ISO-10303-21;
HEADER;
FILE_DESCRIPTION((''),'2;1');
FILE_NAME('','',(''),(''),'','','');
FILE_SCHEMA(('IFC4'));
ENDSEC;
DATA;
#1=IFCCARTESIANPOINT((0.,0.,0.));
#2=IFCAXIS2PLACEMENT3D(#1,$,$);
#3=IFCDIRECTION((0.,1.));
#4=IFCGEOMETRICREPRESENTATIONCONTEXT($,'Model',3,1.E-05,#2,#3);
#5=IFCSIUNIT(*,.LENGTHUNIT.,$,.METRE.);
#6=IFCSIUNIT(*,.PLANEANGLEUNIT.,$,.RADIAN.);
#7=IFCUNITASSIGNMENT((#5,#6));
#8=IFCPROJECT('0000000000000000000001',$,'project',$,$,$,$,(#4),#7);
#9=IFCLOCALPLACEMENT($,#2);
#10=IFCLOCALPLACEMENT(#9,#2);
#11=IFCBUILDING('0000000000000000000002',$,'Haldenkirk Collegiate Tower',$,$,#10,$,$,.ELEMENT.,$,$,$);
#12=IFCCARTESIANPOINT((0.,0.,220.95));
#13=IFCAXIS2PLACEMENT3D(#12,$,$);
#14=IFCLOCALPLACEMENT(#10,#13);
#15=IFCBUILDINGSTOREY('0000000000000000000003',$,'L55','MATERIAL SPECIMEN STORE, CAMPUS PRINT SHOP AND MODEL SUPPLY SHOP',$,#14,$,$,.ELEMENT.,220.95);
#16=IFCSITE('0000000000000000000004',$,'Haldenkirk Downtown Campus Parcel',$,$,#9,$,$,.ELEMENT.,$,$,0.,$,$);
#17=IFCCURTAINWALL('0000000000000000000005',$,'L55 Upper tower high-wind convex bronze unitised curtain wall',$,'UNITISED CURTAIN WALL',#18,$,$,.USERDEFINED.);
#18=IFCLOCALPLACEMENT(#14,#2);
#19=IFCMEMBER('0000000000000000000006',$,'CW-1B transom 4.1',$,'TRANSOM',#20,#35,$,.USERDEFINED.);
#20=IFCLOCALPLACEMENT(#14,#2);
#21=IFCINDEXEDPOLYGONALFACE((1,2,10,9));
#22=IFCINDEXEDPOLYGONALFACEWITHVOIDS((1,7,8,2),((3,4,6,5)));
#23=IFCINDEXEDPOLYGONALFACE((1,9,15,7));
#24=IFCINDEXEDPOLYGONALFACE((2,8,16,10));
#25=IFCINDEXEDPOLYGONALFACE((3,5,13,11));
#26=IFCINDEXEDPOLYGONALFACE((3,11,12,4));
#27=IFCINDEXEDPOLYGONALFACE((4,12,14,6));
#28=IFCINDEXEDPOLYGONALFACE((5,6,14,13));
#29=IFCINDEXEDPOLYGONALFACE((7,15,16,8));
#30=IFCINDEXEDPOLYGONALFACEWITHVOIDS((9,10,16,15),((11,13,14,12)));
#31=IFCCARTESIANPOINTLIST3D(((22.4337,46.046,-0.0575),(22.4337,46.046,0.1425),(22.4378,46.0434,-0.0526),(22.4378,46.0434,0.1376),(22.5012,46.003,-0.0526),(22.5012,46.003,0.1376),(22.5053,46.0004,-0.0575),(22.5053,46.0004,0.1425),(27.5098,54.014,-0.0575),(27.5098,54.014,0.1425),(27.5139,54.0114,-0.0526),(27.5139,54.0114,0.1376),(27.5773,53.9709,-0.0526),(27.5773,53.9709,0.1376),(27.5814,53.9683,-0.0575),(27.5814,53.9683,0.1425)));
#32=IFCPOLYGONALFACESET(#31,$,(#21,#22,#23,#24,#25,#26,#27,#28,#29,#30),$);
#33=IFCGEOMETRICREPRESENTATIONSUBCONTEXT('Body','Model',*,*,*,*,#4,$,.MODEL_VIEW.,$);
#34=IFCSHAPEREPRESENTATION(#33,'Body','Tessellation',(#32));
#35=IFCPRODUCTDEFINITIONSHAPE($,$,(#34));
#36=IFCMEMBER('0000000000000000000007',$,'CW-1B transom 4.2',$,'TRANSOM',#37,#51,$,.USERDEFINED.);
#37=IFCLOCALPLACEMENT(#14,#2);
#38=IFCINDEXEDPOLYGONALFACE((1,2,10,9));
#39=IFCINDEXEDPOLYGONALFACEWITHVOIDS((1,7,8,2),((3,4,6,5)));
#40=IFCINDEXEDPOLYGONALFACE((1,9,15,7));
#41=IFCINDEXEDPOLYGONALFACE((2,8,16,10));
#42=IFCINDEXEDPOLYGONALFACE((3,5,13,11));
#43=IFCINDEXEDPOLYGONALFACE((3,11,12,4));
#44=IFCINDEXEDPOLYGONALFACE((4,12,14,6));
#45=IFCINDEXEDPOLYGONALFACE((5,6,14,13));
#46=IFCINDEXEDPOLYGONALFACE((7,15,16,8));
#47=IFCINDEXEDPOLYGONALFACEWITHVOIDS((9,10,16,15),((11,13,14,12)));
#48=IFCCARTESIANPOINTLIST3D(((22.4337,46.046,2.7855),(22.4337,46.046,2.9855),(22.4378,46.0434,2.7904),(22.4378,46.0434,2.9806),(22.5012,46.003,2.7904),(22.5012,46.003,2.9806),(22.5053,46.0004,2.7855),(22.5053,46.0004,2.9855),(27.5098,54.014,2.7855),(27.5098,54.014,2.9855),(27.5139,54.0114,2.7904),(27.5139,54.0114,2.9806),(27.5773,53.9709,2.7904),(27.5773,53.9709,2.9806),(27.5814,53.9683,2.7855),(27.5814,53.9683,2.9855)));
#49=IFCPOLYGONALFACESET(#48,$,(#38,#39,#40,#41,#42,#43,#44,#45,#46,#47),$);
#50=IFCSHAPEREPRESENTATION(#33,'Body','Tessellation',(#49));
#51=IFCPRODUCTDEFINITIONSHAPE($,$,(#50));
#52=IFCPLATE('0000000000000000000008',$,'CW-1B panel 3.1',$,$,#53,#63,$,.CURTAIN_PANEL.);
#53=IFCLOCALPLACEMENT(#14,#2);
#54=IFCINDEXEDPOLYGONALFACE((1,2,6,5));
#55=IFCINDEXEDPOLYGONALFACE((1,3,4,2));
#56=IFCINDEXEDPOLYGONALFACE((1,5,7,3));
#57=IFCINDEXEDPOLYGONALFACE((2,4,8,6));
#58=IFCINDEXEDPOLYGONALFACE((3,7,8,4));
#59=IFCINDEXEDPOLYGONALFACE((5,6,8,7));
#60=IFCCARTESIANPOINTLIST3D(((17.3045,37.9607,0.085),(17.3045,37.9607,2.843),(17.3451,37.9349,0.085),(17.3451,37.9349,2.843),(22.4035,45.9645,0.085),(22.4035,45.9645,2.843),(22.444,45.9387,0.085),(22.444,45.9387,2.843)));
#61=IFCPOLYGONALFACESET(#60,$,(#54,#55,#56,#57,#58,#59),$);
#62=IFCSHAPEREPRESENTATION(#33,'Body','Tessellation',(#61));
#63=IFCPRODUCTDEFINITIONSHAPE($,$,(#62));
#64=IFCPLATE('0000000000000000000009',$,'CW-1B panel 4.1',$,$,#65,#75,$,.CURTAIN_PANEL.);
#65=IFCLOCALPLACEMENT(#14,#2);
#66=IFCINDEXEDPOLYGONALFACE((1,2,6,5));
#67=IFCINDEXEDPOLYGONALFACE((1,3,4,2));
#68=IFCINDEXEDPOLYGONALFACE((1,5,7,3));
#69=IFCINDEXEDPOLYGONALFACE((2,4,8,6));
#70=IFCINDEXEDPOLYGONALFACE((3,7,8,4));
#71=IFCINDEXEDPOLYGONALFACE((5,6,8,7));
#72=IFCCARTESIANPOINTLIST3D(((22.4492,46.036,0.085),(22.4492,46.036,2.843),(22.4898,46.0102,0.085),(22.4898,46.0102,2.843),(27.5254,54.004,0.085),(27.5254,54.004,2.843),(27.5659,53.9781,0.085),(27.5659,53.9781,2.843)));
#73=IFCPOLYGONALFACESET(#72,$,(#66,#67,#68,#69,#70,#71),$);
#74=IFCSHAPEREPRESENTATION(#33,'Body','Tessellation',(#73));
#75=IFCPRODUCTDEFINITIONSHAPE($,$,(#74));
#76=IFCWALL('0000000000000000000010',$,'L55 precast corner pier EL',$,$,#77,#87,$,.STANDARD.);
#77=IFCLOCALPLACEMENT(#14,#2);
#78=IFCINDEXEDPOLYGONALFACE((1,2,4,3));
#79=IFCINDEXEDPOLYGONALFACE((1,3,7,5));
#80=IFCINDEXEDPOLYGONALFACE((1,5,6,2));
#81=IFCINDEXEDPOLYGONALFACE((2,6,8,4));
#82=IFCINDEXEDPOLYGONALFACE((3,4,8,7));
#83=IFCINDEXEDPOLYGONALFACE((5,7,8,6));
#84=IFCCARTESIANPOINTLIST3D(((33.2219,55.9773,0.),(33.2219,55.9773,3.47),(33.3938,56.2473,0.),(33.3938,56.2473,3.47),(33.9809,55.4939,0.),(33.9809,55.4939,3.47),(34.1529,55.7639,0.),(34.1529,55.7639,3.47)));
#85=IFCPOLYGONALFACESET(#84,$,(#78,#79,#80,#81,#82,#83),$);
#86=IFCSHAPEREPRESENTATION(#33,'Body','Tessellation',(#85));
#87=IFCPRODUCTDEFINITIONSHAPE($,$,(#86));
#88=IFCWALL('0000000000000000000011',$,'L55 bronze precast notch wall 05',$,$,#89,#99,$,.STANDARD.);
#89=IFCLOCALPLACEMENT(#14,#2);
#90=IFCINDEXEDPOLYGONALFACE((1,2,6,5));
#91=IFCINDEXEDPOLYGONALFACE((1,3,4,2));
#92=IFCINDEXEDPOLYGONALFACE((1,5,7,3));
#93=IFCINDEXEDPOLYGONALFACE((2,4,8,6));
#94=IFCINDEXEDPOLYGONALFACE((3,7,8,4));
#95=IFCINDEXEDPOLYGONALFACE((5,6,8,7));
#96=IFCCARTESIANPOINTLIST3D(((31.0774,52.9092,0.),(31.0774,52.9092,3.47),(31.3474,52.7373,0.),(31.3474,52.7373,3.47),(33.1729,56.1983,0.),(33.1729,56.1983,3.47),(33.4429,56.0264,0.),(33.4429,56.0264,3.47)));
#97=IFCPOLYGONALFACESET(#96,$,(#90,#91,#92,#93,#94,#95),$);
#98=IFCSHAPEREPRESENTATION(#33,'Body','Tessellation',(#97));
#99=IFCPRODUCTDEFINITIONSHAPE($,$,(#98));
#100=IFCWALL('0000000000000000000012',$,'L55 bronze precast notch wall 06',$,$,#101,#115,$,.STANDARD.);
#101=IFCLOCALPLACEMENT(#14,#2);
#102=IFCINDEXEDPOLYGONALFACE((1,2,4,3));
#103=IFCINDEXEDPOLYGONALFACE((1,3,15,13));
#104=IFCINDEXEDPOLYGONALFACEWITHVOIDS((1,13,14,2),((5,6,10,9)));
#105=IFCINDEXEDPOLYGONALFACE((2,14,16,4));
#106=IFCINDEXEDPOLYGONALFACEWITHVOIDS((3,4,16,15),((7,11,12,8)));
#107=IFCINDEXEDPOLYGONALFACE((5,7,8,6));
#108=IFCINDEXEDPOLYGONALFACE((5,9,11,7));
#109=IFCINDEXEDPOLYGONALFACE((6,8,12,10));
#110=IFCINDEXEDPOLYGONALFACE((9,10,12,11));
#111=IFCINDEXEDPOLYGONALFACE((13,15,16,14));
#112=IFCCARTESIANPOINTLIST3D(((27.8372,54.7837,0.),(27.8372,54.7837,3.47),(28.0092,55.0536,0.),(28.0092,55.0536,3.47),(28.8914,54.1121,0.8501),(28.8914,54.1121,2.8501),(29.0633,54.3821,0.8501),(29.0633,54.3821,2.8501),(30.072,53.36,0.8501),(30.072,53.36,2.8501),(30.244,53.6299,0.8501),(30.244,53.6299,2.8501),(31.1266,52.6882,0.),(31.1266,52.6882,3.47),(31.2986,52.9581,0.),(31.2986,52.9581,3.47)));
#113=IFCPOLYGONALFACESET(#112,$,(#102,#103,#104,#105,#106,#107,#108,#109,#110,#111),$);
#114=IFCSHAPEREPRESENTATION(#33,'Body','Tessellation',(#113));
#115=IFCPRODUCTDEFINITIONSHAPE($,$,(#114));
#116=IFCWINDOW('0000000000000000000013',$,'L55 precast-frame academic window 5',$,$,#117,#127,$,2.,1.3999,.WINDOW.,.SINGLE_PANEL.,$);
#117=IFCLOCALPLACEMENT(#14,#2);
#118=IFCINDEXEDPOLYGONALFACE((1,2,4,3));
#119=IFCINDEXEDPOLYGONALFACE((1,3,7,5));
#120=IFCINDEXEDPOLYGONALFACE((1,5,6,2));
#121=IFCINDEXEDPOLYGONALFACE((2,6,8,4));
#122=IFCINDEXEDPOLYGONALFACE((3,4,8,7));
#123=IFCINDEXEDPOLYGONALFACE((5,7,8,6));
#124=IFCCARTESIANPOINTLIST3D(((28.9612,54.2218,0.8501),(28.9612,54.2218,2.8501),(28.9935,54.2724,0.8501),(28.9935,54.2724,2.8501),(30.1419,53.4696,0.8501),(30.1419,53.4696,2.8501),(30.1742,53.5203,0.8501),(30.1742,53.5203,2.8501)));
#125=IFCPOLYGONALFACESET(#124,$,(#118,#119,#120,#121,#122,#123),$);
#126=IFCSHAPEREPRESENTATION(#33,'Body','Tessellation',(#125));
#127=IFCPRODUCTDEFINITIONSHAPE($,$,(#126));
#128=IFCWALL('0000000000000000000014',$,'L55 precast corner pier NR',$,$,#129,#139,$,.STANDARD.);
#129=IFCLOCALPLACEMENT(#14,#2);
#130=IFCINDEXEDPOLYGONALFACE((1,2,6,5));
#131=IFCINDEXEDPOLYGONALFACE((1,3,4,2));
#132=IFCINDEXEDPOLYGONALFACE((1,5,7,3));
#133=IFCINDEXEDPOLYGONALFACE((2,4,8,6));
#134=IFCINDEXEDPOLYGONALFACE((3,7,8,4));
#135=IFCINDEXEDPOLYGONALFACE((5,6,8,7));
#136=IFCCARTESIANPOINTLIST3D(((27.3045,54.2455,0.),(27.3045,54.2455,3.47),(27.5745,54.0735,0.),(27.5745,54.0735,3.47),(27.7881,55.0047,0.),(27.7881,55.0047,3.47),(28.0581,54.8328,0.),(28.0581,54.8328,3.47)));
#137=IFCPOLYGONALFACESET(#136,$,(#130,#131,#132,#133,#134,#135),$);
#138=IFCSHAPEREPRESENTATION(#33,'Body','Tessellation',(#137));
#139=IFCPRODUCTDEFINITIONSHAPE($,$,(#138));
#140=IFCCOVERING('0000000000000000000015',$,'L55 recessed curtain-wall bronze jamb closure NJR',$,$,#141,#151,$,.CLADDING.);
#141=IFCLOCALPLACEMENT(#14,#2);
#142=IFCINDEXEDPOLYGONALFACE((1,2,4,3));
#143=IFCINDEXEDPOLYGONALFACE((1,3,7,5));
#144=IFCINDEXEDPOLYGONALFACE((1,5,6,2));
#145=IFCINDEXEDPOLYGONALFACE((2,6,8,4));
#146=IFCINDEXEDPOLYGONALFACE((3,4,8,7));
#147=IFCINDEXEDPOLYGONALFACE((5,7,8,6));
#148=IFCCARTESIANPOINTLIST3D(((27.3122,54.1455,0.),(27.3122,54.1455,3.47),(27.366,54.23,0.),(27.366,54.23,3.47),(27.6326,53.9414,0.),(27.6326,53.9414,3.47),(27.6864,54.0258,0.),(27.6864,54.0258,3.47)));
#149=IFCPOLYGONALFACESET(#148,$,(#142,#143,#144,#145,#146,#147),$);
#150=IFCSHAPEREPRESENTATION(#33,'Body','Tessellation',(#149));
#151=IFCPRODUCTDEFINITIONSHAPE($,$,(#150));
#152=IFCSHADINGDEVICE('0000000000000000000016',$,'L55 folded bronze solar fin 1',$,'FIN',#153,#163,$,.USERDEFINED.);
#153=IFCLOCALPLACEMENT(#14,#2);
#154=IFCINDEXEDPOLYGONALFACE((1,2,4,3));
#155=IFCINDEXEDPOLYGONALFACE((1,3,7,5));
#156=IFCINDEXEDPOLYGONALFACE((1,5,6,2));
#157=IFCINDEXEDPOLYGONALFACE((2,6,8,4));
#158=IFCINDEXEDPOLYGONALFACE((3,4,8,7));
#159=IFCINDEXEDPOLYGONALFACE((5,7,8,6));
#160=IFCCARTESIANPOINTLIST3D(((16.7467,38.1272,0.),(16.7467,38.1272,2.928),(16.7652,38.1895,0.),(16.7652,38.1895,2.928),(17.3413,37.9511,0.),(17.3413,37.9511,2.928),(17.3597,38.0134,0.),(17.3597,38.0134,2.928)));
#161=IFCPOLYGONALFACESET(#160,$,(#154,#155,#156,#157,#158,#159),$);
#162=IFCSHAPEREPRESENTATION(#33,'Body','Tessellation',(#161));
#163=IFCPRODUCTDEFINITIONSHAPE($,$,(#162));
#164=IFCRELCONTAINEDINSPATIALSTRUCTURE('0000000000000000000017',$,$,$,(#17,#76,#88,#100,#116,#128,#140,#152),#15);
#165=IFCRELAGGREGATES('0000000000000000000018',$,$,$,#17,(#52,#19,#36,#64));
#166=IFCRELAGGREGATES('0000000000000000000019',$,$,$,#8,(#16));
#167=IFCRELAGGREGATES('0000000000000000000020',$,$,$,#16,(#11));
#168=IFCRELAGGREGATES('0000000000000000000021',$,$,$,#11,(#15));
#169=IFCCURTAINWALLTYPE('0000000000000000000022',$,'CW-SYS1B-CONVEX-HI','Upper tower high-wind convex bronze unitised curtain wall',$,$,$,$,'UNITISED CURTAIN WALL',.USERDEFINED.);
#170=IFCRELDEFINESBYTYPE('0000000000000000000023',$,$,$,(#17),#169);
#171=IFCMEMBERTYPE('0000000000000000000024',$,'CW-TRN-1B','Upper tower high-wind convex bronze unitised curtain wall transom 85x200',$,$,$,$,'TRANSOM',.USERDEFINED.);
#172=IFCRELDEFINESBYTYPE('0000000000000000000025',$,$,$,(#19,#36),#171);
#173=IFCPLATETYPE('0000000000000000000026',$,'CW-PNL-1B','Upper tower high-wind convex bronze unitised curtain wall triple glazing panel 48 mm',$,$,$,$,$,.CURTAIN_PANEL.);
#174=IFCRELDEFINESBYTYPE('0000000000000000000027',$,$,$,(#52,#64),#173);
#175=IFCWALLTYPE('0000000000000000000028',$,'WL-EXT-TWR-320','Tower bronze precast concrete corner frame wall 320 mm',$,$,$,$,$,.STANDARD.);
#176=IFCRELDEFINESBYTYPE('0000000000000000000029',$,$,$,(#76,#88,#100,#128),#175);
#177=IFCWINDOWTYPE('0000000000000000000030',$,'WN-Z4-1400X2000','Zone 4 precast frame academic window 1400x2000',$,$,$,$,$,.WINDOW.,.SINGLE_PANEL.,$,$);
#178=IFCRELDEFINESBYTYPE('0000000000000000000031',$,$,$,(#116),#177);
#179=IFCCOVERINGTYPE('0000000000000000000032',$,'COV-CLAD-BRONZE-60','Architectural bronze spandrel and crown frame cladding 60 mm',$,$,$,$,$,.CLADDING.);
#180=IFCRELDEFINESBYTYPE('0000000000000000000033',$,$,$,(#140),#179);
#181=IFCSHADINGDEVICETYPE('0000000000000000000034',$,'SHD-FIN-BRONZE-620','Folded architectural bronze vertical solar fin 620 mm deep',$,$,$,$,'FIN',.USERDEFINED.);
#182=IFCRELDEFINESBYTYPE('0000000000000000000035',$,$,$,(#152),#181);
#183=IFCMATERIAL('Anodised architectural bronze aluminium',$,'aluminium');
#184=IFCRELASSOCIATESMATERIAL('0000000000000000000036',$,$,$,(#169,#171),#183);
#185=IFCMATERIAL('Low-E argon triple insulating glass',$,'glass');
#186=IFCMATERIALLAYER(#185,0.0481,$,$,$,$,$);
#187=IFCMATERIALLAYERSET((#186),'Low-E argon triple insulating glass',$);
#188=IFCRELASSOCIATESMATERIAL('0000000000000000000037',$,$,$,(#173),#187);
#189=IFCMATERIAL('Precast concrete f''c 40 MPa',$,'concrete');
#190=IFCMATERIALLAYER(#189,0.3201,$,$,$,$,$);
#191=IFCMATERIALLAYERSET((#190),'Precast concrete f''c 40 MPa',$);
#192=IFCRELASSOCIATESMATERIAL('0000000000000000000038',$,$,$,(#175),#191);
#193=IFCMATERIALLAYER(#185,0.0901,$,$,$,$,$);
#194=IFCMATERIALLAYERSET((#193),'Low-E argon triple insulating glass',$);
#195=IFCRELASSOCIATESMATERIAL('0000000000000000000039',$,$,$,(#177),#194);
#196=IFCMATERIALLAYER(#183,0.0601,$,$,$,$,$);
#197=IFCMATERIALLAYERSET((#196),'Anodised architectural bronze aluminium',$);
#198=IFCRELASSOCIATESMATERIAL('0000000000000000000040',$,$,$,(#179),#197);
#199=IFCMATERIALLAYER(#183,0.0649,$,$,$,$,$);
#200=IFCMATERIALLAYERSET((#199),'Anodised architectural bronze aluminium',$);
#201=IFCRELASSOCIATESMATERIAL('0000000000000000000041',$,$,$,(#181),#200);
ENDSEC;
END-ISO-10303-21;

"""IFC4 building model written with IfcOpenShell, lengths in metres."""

from ifc_helpers import new_model, si_unit, direction, frame, frame_2d, origin, origin_2d, place, context, subcontext, project, spatial, rectangle, hollow_rectangle, extrude, source, transform, mapped, material, layer, layer_set, material_profile, profile_set, type_object, element, fill, aggregate, save


model = new_model("IFC4")

# Units and contexts
model_context = context("Model", 3, precision=1e-05, world=origin(), true_north=direction((0.0, 1.0)))
body_context = subcontext(model_context, "Body", "Model", "MODEL_VIEW")
ifc_project = project(units=[si_unit("LENGTHUNIT", "METRE"), si_unit("PLANEANGLEUNIT", "RADIAN")], contexts=[model_context])

# Site, building, storey
site_placement = place(None, origin())
site = spatial("IfcSite", under=ifc_project, at=site_placement, Name="Haldenkirk Downtown Campus Parcel", CompositionType="ELEMENT", RefElevation=0.0)
building_placement = place(site_placement, origin())
building = spatial("IfcBuilding", under=site, at=building_placement, Name="Haldenkirk Collegiate Tower", CompositionType="ELEMENT")
storey_placement = place(building_placement, frame((0.0, 0.0, 220.95)))
storey = spatial("IfcBuildingStorey", under=building, at=storey_placement, Name="L55", Description="MATERIAL SPECIMEN STORE, CAMPUS PRINT SHOP AND MODEL SUPPLY SHOP", CompositionType="ELEMENT", Elevation=220.95)

# Curtain wall, members, plates
ifc_material_1 = material(Name="Anodised architectural bronze aluminium", Category="aluminium")
curtain_wall_type = type_object("IfcCurtainWallType", Name="CW-SYS1B-CONVEX-HI", Description="Upper tower high-wind convex bronze unitised curtain wall", ElementType="UNITISED CURTAIN WALL", PredefinedType="USERDEFINED", material=ifc_material_1)
curtain_wall_placement = place(storey_placement, origin())
curtain_wall = element("IfcCurtainWall", 1, at=curtain_wall_placement, inside=storey, type_object=curtain_wall_type, Name="L55 Upper tower high-wind convex bronze unitised curtain wall", ObjectType="UNITISED CURTAIN WALL", PredefinedType="USERDEFINED")
ifc_material_profile_1 = material_profile(ifc_material_1, hollow_rectangle(XDim=0.085, YDim=0.2, WallThickness=0.0049, at=origin_2d()), Name="CW-TRN-1B")
ifc_profile_set_1 = profile_set([ifc_material_profile_1], Name="Anodised architectural bronze aluminium")
member_type_1 = type_object("IfcMemberType", Name="CW-TRN-1B", Description="Upper tower high-wind convex bronze unitised curtain wall transom 85x200", ElementType="TRANSOM", PredefinedType="USERDEFINED", material=ifc_profile_set_1)
member_1_placement = place(storey_placement, frame((22.4695, 46.0232, 0.0425), z_axis=(0.537298, 0.843392, 0.0), x_axis=(-0.843392, 0.537298, 0.0)))
member_1 = element("IfcMember", 2, at=member_1_placement, type_object=member_type_1, Name="CW-1B transom 4.1", ObjectType="TRANSOM", PredefinedType="USERDEFINED", context=body_context, shape_type="SweptSolid", body=[
    extrude(hollow_rectangle(XDim=0.085, YDim=0.2, WallThickness=0.0049, at=origin_2d()), origin(), (0.0, 0.0, 1.0), 9.4475),
])
member_2_placement = place(storey_placement, frame((22.4695, 46.0232, 2.8855), z_axis=(0.537298, 0.843392, 0.0), x_axis=(-0.843392, 0.537298, 0.0)))
member_2 = element("IfcMember", 3, at=member_2_placement, type_object=member_type_1, Name="CW-1B transom 4.2", ObjectType="TRANSOM", PredefinedType="USERDEFINED", context=body_context, shape_type="SweptSolid", body=[
    extrude(hollow_rectangle(XDim=0.085, YDim=0.2, WallThickness=0.0049, at=origin_2d()), origin(), (0.0, 0.0, 1.0), 9.4475),
])
ifc_material_2 = material(Name="Low-E argon triple insulating glass", Category="glass")
ifc_layer_1 = layer(ifc_material_2, 0.0481)
ifc_layer_set_1 = layer_set([ifc_layer_1], Name="Low-E argon triple insulating glass")
plate_type = type_object("IfcPlateType", Name="CW-PNL-1B", Description="Upper tower high-wind convex bronze unitised curtain wall triple glazing panel 48 mm", PredefinedType="CURTAIN_PANEL", material=ifc_layer_set_1)
shared_shape_1 = source(origin(), body_context, "Body", "SweptSolid", [
    extrude(rectangle(XDim=9.49, YDim=0.0481, at=origin_2d()), origin(), (0.0, 0.0, 1.0), 2.7581),
])
plate_1_placement = place(storey_placement, frame((19.8743, 41.9497, 0.085), z_axis=(0.0, 0.0, 1.0), x_axis=(0.537301, 0.84339, 0.0)))
plate_1 = element("IfcPlate", 4, at=plate_1_placement, type_object=plate_type, Name="CW-1B panel 3.1", PredefinedType="CURTAIN_PANEL", context=body_context, shape_type="MappedRepresentation", body=[
    mapped(shared_shape_1, transform((0.0, 0.0, 0.0), x_axis=(1.0, 0.0, 0.0), y_axis=(0.0, 1.0, 0.0), z_axis=(0.0, 0.0, 1.0), scale=1.0)),
])
shared_shape_2 = source(origin(), body_context, "Body", "SweptSolid", [
    extrude(rectangle(XDim=9.4475, YDim=0.0481, at=origin_2d()), origin(), (0.0, 0.0, 1.0), 2.7581),
])
plate_2_placement = place(storey_placement, frame((25.0076, 50.0071, 0.085), z_axis=(0.0, 0.0, 1.0), x_axis=(0.537301, 0.84339, 0.0)))
plate_2 = element("IfcPlate", 5, at=plate_2_placement, type_object=plate_type, Name="CW-1B panel 4.1", PredefinedType="CURTAIN_PANEL", context=body_context, shape_type="MappedRepresentation", body=[
    mapped(shared_shape_2, transform((0.0, 0.0, 0.0), x_axis=(1.0, 0.0, 0.0), y_axis=(0.0, 1.0, 0.0), z_axis=(0.0, 0.0, 1.0), scale=1.0)),
])
aggregate(curtain_wall, [plate_1, member_1, member_2, plate_2])

# Walls
ifc_material_3 = material(Name="Precast concrete f'c 40 MPa", Category="concrete")
ifc_layer_2 = layer(ifc_material_3, 0.3201)
ifc_layer_set_2 = layer_set([ifc_layer_2], Name="Precast concrete f'c 40 MPa")
wall_type = type_object("IfcWallType", Name="WL-EXT-TWR-320", Description="Tower bronze precast concrete corner frame wall 320 mm", PredefinedType="STANDARD", material=ifc_layer_set_2)
wall_1_placement = place(storey_placement, frame((33.3079, 56.1123, 0.0), z_axis=(0.0, 0.0, 1.0), x_axis=(0.843472, -0.537174, 0.0)))
element("IfcWall", 6, at=wall_1_placement, inside=storey, type_object=wall_type, Name="L55 precast corner pier EL", PredefinedType="STANDARD", context=body_context, shape_type="SweptSolid", body=[
    extrude(rectangle(XDim=0.8999, YDim=0.3201, at=frame_2d((0.45, 0.0))), origin(), (0.0, 0.0, 1.0), 3.47),
])
wall_2_placement = place(storey_placement, frame((31.2124, 52.8232, 0.0), z_axis=(0.0, 0.0, 1.0), x_axis=(0.537317, 0.84338, 0.0)))
element("IfcWall", 7, at=wall_2_placement, inside=storey, type_object=wall_type, Name="L55 bronze precast notch wall 05", PredefinedType="STANDARD", context=body_context, shape_type="SweptSolid", body=[
    extrude(rectangle(XDim=3.8999, YDim=0.3201, at=frame_2d((1.95, 0.0))), origin(), (0.0, 0.0, 1.0), 3.47),
])

# Wall, opening, window
wall_3_placement = place(storey_placement, frame((27.9231, 54.9187, 0.0), z_axis=(0.0, 0.0, 1.0), x_axis=(0.843398, -0.537289, 0.0)))
wall_3 = element("IfcWall", 8, at=wall_3_placement, inside=storey, type_object=wall_type, Name="L55 bronze precast notch wall 06", PredefinedType="STANDARD", context=body_context, shape_type="SweptSolid", body=[
    extrude(rectangle(XDim=3.9001, YDim=0.3201, at=frame_2d((1.9502, 0.0))), origin(), (0.0, 0.0, 1.0), 3.47),
])
opening_placement = place(wall_3_placement, frame((1.25, 0.0, 0.8501)))
opening = element("IfcOpeningElement", 9, at=opening_placement, cuts=wall_3, PredefinedType="OPENING", context=body_context, shape_type="SweptSolid", body=[
    extrude(rectangle(XDim=1.3999, YDim=2.0, at=frame_2d((0.7, 1.0))), frame((0.0, 0.1699, 0.0), z_axis=(0.0, -1.0, 0.0), x_axis=(1.0, 0.0, 0.0)), (0.0, 0.0, 1.0), 0.3401),
])
ifc_layer_3 = layer(ifc_material_2, 0.0901)
ifc_layer_set_3 = layer_set([ifc_layer_3], Name="Low-E argon triple insulating glass")
window_type = type_object("IfcWindowType", Name="WN-Z4-1400X2000", Description="Zone 4 precast frame academic window 1400x2000", PartitioningType="SINGLE_PANEL", PredefinedType="WINDOW", material=ifc_layer_set_3)
window_placement = place(opening_placement, origin())
window = element("IfcWindow", 10, at=window_placement, inside=storey, type_object=window_type, Name="L55 precast-frame academic window 5", OverallHeight=2.0, OverallWidth=1.3999, PartitioningType="SINGLE_PANEL", PredefinedType="WINDOW", context=body_context, shape_type="SweptSolid", body=[
    extrude(rectangle(XDim=1.3999, YDim=2.0, at=frame_2d((0.7, 1.0))), frame((0.0, 0.03, 0.0), z_axis=(0.0, -1.0, 0.0), x_axis=(1.0, 0.0, 0.0)), (0.0, 0.0, 1.0), 0.0601),
])
fill(opening, window)

# Wall
wall_4_placement = place(storey_placement, frame((27.4395, 54.1594, 0.0), z_axis=(0.0, 0.0, 1.0), x_axis=(0.537244, 0.843427, 0.0)))
element("IfcWall", 11, at=wall_4_placement, inside=storey, type_object=wall_type, Name="L55 precast corner pier NR", PredefinedType="STANDARD", context=body_context, shape_type="SweptSolid", body=[
    extrude(rectangle(XDim=0.9001, YDim=0.3201, at=frame_2d((0.4502, 0.0))), origin(), (0.0, 0.0, 1.0), 3.47),
])

# Covering
ifc_layer_4 = layer(ifc_material_1, 0.0601)
ifc_layer_set_4 = layer_set([ifc_layer_4], Name="Anodised architectural bronze aluminium")
covering_type = type_object("IfcCoveringType", Name="COV-CLAD-BRONZE-60", Description="Architectural bronze spandrel and crown frame cladding 60 mm", PredefinedType="CLADDING", material=ifc_layer_set_4)
shared_shape_3 = source(origin(), body_context, "Body", "SweptSolid", [
    extrude(rectangle(XDim=0.1001, YDim=0.3799, at=origin_2d()), origin(), (0.0, 0.0, 1.0), 3.47),
])
covering_placement = place(storey_placement, frame((27.4993, 54.0857, 0.0), z_axis=(0.0, 0.0, 1.0), x_axis=(0.5373, 0.843391, 0.0)))
element("IfcCovering", 12, at=covering_placement, inside=storey, type_object=covering_type, Name="L55 recessed curtain-wall bronze jamb closure NJR", PredefinedType="CLADDING", context=body_context, shape_type="MappedRepresentation", body=[
    mapped(shared_shape_3, transform((0.0, 0.0, 0.0), x_axis=(1.0, 0.0, 0.0), y_axis=(0.0, 1.0, 0.0), z_axis=(0.0, 0.0, 1.0), scale=1.0)),
])

# Shading device
ifc_layer_5 = layer(ifc_material_1, 0.0649)
ifc_layer_set_5 = layer_set([ifc_layer_5], Name="Anodised architectural bronze aluminium")
shading_device_type = type_object("IfcShadingDeviceType", Name="SHD-FIN-BRONZE-620", Description="Folded architectural bronze vertical solar fin 620 mm deep", ElementType="FIN", PredefinedType="USERDEFINED", material=ifc_layer_set_5)
shared_shape_4 = source(origin(), body_context, "Body", "SweptSolid", [
    extrude(rectangle(XDim=0.6201, YDim=0.0649, at=origin_2d()), origin(), (0.0, 0.0, 1.0), 2.928),
])
shading_device_placement = place(storey_placement, frame((17.0532, 38.0703, 0.0), z_axis=(0.0, 0.0, 1.0), x_axis=(-0.95882, 0.284015, 0.0)))
element("IfcShadingDevice", 13, at=shading_device_placement, inside=storey, type_object=shading_device_type, Name="L55 folded bronze solar fin 1", ObjectType="FIN", PredefinedType="USERDEFINED", context=body_context, shape_type="MappedRepresentation", body=[
    mapped(shared_shape_4, transform((0.0, 0.0, 0.0), x_axis=(1.0, 0.0, 0.0), y_axis=(0.0, 1.0, 0.0), z_axis=(0.0, 0.0, 1.0), scale=1.0)),
])

save(model, "model.ifc")
